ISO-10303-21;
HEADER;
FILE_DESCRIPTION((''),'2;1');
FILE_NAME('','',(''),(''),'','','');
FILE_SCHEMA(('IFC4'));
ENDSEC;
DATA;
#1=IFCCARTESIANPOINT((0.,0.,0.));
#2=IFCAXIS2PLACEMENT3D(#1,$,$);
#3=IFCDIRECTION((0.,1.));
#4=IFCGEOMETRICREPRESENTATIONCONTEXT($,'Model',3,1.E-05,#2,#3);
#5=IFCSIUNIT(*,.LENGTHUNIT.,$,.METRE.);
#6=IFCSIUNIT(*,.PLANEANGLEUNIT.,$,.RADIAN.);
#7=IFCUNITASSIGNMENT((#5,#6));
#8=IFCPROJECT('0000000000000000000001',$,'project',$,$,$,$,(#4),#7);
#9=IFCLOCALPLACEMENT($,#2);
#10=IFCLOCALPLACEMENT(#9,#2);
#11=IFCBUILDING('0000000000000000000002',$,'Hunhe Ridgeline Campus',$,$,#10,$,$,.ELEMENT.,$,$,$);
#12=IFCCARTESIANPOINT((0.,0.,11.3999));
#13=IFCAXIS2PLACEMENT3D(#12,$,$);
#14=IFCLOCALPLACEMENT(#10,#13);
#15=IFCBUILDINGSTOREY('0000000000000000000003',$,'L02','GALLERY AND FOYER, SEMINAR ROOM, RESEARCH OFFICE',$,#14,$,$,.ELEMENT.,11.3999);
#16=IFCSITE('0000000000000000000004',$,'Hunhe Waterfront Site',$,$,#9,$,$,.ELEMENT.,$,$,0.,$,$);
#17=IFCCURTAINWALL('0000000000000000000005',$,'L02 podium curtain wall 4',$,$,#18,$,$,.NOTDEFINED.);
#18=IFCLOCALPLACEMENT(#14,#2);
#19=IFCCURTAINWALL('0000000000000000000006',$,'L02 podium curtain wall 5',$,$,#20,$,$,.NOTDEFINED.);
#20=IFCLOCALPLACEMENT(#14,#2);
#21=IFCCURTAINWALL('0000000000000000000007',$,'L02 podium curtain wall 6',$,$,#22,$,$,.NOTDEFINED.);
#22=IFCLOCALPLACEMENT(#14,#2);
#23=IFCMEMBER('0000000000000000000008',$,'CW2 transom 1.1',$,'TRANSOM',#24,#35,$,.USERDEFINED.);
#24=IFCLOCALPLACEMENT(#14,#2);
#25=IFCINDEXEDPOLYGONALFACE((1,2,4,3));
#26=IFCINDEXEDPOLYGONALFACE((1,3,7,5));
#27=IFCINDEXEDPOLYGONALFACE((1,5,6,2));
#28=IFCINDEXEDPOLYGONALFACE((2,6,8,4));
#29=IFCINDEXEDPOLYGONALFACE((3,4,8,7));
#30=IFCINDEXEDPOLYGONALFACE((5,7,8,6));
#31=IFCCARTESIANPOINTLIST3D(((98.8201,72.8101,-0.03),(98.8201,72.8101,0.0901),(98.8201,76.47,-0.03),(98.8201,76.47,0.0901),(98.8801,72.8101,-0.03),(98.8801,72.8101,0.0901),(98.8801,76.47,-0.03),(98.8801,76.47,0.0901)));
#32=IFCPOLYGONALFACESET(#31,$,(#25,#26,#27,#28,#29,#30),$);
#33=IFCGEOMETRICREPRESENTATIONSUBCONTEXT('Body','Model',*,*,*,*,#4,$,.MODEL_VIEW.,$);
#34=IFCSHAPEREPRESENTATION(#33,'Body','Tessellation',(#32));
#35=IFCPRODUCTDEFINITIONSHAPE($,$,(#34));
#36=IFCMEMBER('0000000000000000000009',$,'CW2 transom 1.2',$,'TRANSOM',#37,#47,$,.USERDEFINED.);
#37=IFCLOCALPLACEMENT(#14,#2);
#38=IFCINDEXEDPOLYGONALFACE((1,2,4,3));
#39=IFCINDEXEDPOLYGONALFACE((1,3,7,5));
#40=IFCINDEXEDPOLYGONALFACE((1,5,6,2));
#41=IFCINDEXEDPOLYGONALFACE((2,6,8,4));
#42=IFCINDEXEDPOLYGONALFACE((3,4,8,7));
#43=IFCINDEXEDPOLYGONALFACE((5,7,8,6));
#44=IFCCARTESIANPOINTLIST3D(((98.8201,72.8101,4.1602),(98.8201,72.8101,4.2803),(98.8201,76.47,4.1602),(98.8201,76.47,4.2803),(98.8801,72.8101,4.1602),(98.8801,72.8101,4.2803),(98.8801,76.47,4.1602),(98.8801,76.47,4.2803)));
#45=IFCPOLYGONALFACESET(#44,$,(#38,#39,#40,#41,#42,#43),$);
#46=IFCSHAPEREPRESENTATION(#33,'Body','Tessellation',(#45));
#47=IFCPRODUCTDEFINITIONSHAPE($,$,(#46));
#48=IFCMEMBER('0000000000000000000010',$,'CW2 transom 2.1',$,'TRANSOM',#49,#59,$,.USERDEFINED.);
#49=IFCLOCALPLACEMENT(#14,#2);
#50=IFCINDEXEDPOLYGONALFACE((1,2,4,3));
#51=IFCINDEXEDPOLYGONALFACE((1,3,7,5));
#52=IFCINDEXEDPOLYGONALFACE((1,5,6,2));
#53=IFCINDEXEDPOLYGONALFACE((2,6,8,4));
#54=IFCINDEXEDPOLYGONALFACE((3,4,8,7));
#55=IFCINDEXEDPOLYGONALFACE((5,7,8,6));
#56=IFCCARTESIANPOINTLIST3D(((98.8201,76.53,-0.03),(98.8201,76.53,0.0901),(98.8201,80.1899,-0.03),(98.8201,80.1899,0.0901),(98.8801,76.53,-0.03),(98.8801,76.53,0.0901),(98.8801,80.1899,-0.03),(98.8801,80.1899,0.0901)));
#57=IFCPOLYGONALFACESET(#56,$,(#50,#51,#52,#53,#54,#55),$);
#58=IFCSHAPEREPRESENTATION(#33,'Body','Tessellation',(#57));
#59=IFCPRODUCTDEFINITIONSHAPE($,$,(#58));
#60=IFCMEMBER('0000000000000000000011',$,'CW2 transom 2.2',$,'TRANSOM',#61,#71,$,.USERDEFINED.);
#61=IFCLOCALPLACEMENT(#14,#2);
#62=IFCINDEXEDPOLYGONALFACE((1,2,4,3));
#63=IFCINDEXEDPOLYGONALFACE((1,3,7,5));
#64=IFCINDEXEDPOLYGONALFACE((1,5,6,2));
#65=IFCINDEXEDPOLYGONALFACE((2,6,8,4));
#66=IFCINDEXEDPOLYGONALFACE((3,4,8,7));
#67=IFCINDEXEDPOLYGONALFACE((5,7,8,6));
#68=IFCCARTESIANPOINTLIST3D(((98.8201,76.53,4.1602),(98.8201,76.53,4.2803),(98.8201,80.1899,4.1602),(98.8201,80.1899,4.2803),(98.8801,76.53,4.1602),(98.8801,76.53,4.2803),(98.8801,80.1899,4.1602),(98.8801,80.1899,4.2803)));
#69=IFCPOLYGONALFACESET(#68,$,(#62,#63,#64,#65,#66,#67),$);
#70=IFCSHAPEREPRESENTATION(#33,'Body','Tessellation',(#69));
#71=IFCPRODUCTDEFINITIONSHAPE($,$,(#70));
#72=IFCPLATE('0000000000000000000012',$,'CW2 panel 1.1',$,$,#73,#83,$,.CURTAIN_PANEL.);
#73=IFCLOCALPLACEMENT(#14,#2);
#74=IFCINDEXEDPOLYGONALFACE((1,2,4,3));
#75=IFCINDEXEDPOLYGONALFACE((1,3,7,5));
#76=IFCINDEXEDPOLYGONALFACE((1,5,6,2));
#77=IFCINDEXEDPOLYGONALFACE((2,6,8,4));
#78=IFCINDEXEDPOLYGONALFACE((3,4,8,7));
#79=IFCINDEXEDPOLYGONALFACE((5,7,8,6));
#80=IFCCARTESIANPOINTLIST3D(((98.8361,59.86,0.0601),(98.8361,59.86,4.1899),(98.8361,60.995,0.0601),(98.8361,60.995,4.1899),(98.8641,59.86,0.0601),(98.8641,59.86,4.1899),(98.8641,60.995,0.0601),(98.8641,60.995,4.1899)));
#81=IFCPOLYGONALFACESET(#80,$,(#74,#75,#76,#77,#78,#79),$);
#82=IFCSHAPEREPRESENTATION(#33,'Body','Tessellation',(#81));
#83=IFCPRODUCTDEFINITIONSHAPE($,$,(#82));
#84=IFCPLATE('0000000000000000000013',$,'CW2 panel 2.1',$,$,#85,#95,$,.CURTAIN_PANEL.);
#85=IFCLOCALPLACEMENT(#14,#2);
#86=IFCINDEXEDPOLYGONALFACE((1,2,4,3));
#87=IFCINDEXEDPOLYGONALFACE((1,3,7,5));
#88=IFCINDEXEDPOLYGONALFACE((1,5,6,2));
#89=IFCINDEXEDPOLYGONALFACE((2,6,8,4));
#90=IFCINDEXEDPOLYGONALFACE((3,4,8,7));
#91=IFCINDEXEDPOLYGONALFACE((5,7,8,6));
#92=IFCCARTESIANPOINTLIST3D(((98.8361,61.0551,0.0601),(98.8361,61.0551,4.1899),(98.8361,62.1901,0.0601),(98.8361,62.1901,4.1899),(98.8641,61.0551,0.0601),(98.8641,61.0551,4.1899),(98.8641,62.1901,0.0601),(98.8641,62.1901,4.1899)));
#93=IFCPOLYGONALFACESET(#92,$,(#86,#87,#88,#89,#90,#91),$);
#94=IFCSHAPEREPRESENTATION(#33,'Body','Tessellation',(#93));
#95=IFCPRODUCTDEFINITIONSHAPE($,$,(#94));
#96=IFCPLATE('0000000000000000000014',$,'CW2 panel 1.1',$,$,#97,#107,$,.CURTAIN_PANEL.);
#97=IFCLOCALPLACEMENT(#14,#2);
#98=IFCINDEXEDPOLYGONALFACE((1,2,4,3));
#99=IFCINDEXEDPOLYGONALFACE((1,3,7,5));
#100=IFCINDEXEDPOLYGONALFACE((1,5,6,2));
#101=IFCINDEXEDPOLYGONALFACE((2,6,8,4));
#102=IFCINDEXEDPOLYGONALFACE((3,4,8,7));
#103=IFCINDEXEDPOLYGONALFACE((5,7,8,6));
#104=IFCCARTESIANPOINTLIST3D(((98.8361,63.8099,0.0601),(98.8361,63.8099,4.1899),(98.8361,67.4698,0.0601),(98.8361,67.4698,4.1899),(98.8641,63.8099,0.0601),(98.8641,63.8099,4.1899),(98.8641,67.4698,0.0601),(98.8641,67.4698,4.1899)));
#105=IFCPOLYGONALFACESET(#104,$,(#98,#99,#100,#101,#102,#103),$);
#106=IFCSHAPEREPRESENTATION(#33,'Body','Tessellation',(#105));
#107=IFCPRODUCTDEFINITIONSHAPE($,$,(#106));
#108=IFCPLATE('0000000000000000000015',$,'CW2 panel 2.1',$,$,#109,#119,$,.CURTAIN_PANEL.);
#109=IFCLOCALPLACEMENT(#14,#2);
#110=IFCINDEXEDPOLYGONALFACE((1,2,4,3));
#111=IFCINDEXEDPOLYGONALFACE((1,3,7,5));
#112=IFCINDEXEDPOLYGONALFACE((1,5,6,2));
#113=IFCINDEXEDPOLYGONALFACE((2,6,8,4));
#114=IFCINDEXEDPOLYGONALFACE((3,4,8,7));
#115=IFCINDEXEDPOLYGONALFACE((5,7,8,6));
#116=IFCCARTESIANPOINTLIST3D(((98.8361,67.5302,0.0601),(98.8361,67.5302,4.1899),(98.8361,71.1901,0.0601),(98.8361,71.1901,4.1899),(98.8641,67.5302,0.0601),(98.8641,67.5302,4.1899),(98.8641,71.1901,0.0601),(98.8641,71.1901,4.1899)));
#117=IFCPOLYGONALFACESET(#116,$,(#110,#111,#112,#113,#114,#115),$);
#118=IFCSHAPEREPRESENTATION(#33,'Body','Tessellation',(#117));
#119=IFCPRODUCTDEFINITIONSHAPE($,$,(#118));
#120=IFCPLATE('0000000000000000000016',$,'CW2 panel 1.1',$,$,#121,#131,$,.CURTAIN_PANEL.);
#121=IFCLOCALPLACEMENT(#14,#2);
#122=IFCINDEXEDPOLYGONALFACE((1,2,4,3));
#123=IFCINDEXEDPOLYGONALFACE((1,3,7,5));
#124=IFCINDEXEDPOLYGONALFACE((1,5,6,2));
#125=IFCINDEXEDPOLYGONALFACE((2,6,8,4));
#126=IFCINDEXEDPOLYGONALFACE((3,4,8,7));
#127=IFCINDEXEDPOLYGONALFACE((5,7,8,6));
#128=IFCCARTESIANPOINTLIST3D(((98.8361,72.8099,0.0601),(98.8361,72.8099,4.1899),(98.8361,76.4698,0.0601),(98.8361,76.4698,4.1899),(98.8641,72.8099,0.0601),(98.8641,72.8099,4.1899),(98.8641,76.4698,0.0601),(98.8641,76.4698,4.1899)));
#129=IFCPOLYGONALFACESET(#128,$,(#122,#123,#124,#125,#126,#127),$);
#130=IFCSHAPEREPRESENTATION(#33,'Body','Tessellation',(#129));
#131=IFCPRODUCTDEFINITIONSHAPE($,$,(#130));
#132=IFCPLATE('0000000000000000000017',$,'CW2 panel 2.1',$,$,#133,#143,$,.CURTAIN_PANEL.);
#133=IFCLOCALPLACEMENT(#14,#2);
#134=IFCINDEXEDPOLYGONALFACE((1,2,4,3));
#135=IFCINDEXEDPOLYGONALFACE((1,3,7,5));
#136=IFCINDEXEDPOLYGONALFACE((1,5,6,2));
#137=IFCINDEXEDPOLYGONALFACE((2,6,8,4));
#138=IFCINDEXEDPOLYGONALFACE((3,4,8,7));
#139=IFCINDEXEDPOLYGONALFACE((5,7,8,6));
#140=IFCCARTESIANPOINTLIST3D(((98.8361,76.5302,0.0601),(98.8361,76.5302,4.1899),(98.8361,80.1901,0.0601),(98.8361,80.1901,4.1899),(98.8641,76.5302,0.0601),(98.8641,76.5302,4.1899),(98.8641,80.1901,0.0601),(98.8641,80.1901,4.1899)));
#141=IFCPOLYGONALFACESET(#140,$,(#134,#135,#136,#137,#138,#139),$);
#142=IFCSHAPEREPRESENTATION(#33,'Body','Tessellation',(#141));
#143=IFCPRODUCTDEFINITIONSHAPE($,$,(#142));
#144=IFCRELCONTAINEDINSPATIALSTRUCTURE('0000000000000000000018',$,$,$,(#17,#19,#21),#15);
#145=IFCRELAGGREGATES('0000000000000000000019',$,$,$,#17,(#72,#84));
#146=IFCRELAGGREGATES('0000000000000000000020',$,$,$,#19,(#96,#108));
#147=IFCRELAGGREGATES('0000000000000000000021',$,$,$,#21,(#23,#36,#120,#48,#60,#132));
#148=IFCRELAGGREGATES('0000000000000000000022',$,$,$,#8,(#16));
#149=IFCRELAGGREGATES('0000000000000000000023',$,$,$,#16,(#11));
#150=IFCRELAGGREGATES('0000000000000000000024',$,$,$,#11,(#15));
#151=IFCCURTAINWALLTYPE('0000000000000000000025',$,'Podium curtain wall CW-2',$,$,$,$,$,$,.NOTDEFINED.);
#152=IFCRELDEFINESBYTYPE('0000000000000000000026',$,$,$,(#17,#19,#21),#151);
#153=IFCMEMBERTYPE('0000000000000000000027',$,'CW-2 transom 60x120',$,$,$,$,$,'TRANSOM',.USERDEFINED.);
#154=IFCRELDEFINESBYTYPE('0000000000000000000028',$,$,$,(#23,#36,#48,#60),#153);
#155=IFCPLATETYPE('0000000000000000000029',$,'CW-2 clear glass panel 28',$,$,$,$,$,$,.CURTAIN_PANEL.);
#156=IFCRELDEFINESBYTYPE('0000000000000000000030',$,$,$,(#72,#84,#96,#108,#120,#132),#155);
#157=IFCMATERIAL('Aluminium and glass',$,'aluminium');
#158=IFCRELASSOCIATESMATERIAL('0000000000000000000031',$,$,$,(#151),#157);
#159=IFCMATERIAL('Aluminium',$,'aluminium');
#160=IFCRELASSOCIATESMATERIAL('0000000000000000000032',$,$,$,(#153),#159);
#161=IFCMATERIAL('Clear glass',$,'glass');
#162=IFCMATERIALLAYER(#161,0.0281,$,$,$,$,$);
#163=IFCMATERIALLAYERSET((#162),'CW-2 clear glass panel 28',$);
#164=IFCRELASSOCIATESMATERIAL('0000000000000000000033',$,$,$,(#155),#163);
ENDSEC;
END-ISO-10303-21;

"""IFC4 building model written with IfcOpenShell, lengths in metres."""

from ifc_helpers import new_model, si_unit, direction, frame, origin, origin_2d, place, context, subcontext, project, spatial, rectangle, extrude, material, layer, layer_set, material_profile, profile_set, type_object, element, aggregate, save


model = new_model("IFC4")

# Units and contexts
model_context = context("Model", 3, precision=1e-05, world=origin(), true_north=direction((0.0, 1.0)))
body_context = subcontext(model_context, "Body", "Model", "MODEL_VIEW")
ifc_project = project(units=[si_unit("LENGTHUNIT", "METRE"), si_unit("PLANEANGLEUNIT", "RADIAN")], contexts=[model_context])

# Site, building, storey
site_placement = place(None, origin())
site = spatial("IfcSite", under=ifc_project, at=site_placement, Name="Hunhe Waterfront Site", CompositionType="ELEMENT", RefElevation=0.0)
building_placement = place(site_placement, origin())
building = spatial("IfcBuilding", under=site, at=building_placement, Name="Hunhe Ridgeline Campus", CompositionType="ELEMENT")
storey_placement = place(building_placement, frame((0.0, 0.0, 11.3999)))
storey = spatial("IfcBuildingStorey", under=building, at=storey_placement, Name="L02", Description="GALLERY AND FOYER, SEMINAR ROOM, RESEARCH OFFICE", CompositionType="ELEMENT", Elevation=11.3999)

# Curtain walls
ifc_material_1 = material(Name="Aluminium and glass", Category="aluminium")
curtain_wall_type = type_object("IfcCurtainWallType", Name="Podium curtain wall CW-2", PredefinedType="NOTDEFINED", material=ifc_material_1)
curtain_wall_1_placement = place(storey_placement, origin())
curtain_wall_1 = element("IfcCurtainWall", 1, at=curtain_wall_1_placement, inside=storey, type_object=curtain_wall_type, Name="L02 podium curtain wall 4", PredefinedType="NOTDEFINED")
ifc_material_2 = material(Name="Aluminium", Category="aluminium")
curtain_wall_2_placement = place(storey_placement, origin())
curtain_wall_2 = element("IfcCurtainWall", 2, at=curtain_wall_2_placement, inside=storey, type_object=curtain_wall_type, Name="L02 podium curtain wall 5", PredefinedType="NOTDEFINED")
curtain_wall_3_placement = place(storey_placement, origin())
curtain_wall_3 = element("IfcCurtainWall", 3, at=curtain_wall_3_placement, inside=storey, type_object=curtain_wall_type, Name="L02 podium curtain wall 6", PredefinedType="NOTDEFINED")

# Members
ifc_material_profile_1 = material_profile(ifc_material_2, rectangle(XDim=0.0601, YDim=0.1201, at=origin_2d()))
ifc_profile_set_1 = profile_set([ifc_material_profile_1], Name="Aluminium")
member_type_1 = type_object("IfcMemberType", Name="CW-2 transom 60x120", ElementType="TRANSOM", PredefinedType="USERDEFINED", material=ifc_profile_set_1)
member_1_placement = place(storey_placement, frame((98.8501, 72.8101, 0.03), z_axis=(0.0, 1.0, 0.0), x_axis=(-1.0, 0.0, 0.0)))
member_1 = element("IfcMember", 4, at=member_1_placement, type_object=member_type_1, Name="CW2 transom 1.1", ObjectType="TRANSOM", PredefinedType="USERDEFINED", context=body_context, shape_type="SweptSolid", body=[
    extrude(rectangle(XDim=0.0601, YDim=0.1201, at=origin_2d()), origin(), (0.0, 0.0, 1.0), 3.6599),
])
member_2_placement = place(storey_placement, frame((98.8501, 72.8101, 4.2202), z_axis=(0.0, 1.0, 0.0), x_axis=(-1.0, 0.0, 0.0)))
member_2 = element("IfcMember", 5, at=member_2_placement, type_object=member_type_1, Name="CW2 transom 1.2", ObjectType="TRANSOM", PredefinedType="USERDEFINED", context=body_context, shape_type="SweptSolid", body=[
    extrude(rectangle(XDim=0.0601, YDim=0.1201, at=origin_2d()), origin(), (0.0, 0.0, 1.0), 3.6599),
])
member_3_placement = place(storey_placement, frame((98.8501, 76.53, 0.03), z_axis=(0.0, 1.0, 0.0), x_axis=(-1.0, 0.0, 0.0)))
member_3 = element("IfcMember", 6, at=member_3_placement, type_object=member_type_1, Name="CW2 transom 2.1", ObjectType="TRANSOM", PredefinedType="USERDEFINED", context=body_context, shape_type="SweptSolid", body=[
    extrude(rectangle(XDim=0.0601, YDim=0.1201, at=origin_2d()), origin(), (0.0, 0.0, 1.0), 3.6599),
])
member_4_placement = place(storey_placement, frame((98.8501, 76.53, 4.2202), z_axis=(0.0, 1.0, 0.0), x_axis=(-1.0, 0.0, 0.0)))
member_4 = element("IfcMember", 7, at=member_4_placement, type_object=member_type_1, Name="CW2 transom 2.2", ObjectType="TRANSOM", PredefinedType="USERDEFINED", context=body_context, shape_type="SweptSolid", body=[
    extrude(rectangle(XDim=0.0601, YDim=0.1201, at=origin_2d()), origin(), (0.0, 0.0, 1.0), 3.6599),
])

# Plates
ifc_material_3 = material(Name="Clear glass", Category="glass")
ifc_layer = layer(ifc_material_3, 0.0281)
ifc_layer_set = layer_set([ifc_layer], Name="CW-2 clear glass panel 28")
plate_type = type_object("IfcPlateType", Name="CW-2 clear glass panel 28", PredefinedType="CURTAIN_PANEL", material=ifc_layer_set)
plate_1_placement = place(storey_placement, frame((98.8501, 60.4275, 0.0601), z_axis=(0.0, 0.0, 1.0), x_axis=(0.0, 1.0, 0.0)))
plate_1 = element("IfcPlate", 8, at=plate_1_placement, type_object=plate_type, Name="CW2 panel 1.1", PredefinedType="CURTAIN_PANEL", context=body_context, shape_type="SweptSolid", body=[
    extrude(rectangle(XDim=1.135, YDim=0.0281, at=origin_2d()), origin(), (0.0, 0.0, 1.0), 4.1299),
])
plate_2_placement = place(storey_placement, frame((98.8501, 61.6226, 0.0601), z_axis=(0.0, 0.0, 1.0), x_axis=(0.0, 1.0, 0.0)))
plate_2 = element("IfcPlate", 9, at=plate_2_placement, type_object=plate_type, Name="CW2 panel 2.1", PredefinedType="CURTAIN_PANEL", context=body_context, shape_type="SweptSolid", body=[
    extrude(rectangle(XDim=1.135, YDim=0.0281, at=origin_2d()), origin(), (0.0, 0.0, 1.0), 4.1299),
])
aggregate(curtain_wall_1, [plate_1, plate_2])
plate_3_placement = place(storey_placement, frame((98.8501, 65.6399, 0.0601), z_axis=(0.0, 0.0, 1.0), x_axis=(0.0, 1.0, 0.0)))
plate_3 = element("IfcPlate", 10, at=plate_3_placement, type_object=plate_type, Name="CW2 panel 1.1", PredefinedType="CURTAIN_PANEL", context=body_context, shape_type="SweptSolid", body=[
    extrude(rectangle(XDim=3.6599, YDim=0.0281, at=origin_2d()), origin(), (0.0, 0.0, 1.0), 4.1299),
])
plate_4_placement = place(storey_placement, frame((98.8501, 69.3601, 0.0601), z_axis=(0.0, 0.0, 1.0), x_axis=(0.0, 1.0, 0.0)))
plate_4 = element("IfcPlate", 11, at=plate_4_placement, type_object=plate_type, Name="CW2 panel 2.1", PredefinedType="CURTAIN_PANEL", context=body_context, shape_type="SweptSolid", body=[
    extrude(rectangle(XDim=3.6599, YDim=0.0281, at=origin_2d()), origin(), (0.0, 0.0, 1.0), 4.1299),
])
aggregate(curtain_wall_2, [plate_3, plate_4])
plate_5_placement = place(storey_placement, frame((98.8501, 74.6399, 0.0601), z_axis=(0.0, 0.0, 1.0), x_axis=(0.0, 1.0, 0.0)))
plate_5 = element("IfcPlate", 12, at=plate_5_placement, type_object=plate_type, Name="CW2 panel 1.1", PredefinedType="CURTAIN_PANEL", context=body_context, shape_type="SweptSolid", body=[
    extrude(rectangle(XDim=3.6599, YDim=0.0281, at=origin_2d()), origin(), (0.0, 0.0, 1.0), 4.1299),
])
plate_6_placement = place(storey_placement, frame((98.8501, 78.3601, 0.0601), z_axis=(0.0, 0.0, 1.0), x_axis=(0.0, 1.0, 0.0)))
plate_6 = element("IfcPlate", 13, at=plate_6_placement, type_object=plate_type, Name="CW2 panel 2.1", PredefinedType="CURTAIN_PANEL", context=body_context, shape_type="SweptSolid", body=[
    extrude(rectangle(XDim=3.6599, YDim=0.0281, at=origin_2d()), origin(), (0.0, 0.0, 1.0), 4.1299),
])
aggregate(curtain_wall_3, [member_1, member_2, plate_5, member_3, member_4, plate_6])

save(model, "model.ifc")
